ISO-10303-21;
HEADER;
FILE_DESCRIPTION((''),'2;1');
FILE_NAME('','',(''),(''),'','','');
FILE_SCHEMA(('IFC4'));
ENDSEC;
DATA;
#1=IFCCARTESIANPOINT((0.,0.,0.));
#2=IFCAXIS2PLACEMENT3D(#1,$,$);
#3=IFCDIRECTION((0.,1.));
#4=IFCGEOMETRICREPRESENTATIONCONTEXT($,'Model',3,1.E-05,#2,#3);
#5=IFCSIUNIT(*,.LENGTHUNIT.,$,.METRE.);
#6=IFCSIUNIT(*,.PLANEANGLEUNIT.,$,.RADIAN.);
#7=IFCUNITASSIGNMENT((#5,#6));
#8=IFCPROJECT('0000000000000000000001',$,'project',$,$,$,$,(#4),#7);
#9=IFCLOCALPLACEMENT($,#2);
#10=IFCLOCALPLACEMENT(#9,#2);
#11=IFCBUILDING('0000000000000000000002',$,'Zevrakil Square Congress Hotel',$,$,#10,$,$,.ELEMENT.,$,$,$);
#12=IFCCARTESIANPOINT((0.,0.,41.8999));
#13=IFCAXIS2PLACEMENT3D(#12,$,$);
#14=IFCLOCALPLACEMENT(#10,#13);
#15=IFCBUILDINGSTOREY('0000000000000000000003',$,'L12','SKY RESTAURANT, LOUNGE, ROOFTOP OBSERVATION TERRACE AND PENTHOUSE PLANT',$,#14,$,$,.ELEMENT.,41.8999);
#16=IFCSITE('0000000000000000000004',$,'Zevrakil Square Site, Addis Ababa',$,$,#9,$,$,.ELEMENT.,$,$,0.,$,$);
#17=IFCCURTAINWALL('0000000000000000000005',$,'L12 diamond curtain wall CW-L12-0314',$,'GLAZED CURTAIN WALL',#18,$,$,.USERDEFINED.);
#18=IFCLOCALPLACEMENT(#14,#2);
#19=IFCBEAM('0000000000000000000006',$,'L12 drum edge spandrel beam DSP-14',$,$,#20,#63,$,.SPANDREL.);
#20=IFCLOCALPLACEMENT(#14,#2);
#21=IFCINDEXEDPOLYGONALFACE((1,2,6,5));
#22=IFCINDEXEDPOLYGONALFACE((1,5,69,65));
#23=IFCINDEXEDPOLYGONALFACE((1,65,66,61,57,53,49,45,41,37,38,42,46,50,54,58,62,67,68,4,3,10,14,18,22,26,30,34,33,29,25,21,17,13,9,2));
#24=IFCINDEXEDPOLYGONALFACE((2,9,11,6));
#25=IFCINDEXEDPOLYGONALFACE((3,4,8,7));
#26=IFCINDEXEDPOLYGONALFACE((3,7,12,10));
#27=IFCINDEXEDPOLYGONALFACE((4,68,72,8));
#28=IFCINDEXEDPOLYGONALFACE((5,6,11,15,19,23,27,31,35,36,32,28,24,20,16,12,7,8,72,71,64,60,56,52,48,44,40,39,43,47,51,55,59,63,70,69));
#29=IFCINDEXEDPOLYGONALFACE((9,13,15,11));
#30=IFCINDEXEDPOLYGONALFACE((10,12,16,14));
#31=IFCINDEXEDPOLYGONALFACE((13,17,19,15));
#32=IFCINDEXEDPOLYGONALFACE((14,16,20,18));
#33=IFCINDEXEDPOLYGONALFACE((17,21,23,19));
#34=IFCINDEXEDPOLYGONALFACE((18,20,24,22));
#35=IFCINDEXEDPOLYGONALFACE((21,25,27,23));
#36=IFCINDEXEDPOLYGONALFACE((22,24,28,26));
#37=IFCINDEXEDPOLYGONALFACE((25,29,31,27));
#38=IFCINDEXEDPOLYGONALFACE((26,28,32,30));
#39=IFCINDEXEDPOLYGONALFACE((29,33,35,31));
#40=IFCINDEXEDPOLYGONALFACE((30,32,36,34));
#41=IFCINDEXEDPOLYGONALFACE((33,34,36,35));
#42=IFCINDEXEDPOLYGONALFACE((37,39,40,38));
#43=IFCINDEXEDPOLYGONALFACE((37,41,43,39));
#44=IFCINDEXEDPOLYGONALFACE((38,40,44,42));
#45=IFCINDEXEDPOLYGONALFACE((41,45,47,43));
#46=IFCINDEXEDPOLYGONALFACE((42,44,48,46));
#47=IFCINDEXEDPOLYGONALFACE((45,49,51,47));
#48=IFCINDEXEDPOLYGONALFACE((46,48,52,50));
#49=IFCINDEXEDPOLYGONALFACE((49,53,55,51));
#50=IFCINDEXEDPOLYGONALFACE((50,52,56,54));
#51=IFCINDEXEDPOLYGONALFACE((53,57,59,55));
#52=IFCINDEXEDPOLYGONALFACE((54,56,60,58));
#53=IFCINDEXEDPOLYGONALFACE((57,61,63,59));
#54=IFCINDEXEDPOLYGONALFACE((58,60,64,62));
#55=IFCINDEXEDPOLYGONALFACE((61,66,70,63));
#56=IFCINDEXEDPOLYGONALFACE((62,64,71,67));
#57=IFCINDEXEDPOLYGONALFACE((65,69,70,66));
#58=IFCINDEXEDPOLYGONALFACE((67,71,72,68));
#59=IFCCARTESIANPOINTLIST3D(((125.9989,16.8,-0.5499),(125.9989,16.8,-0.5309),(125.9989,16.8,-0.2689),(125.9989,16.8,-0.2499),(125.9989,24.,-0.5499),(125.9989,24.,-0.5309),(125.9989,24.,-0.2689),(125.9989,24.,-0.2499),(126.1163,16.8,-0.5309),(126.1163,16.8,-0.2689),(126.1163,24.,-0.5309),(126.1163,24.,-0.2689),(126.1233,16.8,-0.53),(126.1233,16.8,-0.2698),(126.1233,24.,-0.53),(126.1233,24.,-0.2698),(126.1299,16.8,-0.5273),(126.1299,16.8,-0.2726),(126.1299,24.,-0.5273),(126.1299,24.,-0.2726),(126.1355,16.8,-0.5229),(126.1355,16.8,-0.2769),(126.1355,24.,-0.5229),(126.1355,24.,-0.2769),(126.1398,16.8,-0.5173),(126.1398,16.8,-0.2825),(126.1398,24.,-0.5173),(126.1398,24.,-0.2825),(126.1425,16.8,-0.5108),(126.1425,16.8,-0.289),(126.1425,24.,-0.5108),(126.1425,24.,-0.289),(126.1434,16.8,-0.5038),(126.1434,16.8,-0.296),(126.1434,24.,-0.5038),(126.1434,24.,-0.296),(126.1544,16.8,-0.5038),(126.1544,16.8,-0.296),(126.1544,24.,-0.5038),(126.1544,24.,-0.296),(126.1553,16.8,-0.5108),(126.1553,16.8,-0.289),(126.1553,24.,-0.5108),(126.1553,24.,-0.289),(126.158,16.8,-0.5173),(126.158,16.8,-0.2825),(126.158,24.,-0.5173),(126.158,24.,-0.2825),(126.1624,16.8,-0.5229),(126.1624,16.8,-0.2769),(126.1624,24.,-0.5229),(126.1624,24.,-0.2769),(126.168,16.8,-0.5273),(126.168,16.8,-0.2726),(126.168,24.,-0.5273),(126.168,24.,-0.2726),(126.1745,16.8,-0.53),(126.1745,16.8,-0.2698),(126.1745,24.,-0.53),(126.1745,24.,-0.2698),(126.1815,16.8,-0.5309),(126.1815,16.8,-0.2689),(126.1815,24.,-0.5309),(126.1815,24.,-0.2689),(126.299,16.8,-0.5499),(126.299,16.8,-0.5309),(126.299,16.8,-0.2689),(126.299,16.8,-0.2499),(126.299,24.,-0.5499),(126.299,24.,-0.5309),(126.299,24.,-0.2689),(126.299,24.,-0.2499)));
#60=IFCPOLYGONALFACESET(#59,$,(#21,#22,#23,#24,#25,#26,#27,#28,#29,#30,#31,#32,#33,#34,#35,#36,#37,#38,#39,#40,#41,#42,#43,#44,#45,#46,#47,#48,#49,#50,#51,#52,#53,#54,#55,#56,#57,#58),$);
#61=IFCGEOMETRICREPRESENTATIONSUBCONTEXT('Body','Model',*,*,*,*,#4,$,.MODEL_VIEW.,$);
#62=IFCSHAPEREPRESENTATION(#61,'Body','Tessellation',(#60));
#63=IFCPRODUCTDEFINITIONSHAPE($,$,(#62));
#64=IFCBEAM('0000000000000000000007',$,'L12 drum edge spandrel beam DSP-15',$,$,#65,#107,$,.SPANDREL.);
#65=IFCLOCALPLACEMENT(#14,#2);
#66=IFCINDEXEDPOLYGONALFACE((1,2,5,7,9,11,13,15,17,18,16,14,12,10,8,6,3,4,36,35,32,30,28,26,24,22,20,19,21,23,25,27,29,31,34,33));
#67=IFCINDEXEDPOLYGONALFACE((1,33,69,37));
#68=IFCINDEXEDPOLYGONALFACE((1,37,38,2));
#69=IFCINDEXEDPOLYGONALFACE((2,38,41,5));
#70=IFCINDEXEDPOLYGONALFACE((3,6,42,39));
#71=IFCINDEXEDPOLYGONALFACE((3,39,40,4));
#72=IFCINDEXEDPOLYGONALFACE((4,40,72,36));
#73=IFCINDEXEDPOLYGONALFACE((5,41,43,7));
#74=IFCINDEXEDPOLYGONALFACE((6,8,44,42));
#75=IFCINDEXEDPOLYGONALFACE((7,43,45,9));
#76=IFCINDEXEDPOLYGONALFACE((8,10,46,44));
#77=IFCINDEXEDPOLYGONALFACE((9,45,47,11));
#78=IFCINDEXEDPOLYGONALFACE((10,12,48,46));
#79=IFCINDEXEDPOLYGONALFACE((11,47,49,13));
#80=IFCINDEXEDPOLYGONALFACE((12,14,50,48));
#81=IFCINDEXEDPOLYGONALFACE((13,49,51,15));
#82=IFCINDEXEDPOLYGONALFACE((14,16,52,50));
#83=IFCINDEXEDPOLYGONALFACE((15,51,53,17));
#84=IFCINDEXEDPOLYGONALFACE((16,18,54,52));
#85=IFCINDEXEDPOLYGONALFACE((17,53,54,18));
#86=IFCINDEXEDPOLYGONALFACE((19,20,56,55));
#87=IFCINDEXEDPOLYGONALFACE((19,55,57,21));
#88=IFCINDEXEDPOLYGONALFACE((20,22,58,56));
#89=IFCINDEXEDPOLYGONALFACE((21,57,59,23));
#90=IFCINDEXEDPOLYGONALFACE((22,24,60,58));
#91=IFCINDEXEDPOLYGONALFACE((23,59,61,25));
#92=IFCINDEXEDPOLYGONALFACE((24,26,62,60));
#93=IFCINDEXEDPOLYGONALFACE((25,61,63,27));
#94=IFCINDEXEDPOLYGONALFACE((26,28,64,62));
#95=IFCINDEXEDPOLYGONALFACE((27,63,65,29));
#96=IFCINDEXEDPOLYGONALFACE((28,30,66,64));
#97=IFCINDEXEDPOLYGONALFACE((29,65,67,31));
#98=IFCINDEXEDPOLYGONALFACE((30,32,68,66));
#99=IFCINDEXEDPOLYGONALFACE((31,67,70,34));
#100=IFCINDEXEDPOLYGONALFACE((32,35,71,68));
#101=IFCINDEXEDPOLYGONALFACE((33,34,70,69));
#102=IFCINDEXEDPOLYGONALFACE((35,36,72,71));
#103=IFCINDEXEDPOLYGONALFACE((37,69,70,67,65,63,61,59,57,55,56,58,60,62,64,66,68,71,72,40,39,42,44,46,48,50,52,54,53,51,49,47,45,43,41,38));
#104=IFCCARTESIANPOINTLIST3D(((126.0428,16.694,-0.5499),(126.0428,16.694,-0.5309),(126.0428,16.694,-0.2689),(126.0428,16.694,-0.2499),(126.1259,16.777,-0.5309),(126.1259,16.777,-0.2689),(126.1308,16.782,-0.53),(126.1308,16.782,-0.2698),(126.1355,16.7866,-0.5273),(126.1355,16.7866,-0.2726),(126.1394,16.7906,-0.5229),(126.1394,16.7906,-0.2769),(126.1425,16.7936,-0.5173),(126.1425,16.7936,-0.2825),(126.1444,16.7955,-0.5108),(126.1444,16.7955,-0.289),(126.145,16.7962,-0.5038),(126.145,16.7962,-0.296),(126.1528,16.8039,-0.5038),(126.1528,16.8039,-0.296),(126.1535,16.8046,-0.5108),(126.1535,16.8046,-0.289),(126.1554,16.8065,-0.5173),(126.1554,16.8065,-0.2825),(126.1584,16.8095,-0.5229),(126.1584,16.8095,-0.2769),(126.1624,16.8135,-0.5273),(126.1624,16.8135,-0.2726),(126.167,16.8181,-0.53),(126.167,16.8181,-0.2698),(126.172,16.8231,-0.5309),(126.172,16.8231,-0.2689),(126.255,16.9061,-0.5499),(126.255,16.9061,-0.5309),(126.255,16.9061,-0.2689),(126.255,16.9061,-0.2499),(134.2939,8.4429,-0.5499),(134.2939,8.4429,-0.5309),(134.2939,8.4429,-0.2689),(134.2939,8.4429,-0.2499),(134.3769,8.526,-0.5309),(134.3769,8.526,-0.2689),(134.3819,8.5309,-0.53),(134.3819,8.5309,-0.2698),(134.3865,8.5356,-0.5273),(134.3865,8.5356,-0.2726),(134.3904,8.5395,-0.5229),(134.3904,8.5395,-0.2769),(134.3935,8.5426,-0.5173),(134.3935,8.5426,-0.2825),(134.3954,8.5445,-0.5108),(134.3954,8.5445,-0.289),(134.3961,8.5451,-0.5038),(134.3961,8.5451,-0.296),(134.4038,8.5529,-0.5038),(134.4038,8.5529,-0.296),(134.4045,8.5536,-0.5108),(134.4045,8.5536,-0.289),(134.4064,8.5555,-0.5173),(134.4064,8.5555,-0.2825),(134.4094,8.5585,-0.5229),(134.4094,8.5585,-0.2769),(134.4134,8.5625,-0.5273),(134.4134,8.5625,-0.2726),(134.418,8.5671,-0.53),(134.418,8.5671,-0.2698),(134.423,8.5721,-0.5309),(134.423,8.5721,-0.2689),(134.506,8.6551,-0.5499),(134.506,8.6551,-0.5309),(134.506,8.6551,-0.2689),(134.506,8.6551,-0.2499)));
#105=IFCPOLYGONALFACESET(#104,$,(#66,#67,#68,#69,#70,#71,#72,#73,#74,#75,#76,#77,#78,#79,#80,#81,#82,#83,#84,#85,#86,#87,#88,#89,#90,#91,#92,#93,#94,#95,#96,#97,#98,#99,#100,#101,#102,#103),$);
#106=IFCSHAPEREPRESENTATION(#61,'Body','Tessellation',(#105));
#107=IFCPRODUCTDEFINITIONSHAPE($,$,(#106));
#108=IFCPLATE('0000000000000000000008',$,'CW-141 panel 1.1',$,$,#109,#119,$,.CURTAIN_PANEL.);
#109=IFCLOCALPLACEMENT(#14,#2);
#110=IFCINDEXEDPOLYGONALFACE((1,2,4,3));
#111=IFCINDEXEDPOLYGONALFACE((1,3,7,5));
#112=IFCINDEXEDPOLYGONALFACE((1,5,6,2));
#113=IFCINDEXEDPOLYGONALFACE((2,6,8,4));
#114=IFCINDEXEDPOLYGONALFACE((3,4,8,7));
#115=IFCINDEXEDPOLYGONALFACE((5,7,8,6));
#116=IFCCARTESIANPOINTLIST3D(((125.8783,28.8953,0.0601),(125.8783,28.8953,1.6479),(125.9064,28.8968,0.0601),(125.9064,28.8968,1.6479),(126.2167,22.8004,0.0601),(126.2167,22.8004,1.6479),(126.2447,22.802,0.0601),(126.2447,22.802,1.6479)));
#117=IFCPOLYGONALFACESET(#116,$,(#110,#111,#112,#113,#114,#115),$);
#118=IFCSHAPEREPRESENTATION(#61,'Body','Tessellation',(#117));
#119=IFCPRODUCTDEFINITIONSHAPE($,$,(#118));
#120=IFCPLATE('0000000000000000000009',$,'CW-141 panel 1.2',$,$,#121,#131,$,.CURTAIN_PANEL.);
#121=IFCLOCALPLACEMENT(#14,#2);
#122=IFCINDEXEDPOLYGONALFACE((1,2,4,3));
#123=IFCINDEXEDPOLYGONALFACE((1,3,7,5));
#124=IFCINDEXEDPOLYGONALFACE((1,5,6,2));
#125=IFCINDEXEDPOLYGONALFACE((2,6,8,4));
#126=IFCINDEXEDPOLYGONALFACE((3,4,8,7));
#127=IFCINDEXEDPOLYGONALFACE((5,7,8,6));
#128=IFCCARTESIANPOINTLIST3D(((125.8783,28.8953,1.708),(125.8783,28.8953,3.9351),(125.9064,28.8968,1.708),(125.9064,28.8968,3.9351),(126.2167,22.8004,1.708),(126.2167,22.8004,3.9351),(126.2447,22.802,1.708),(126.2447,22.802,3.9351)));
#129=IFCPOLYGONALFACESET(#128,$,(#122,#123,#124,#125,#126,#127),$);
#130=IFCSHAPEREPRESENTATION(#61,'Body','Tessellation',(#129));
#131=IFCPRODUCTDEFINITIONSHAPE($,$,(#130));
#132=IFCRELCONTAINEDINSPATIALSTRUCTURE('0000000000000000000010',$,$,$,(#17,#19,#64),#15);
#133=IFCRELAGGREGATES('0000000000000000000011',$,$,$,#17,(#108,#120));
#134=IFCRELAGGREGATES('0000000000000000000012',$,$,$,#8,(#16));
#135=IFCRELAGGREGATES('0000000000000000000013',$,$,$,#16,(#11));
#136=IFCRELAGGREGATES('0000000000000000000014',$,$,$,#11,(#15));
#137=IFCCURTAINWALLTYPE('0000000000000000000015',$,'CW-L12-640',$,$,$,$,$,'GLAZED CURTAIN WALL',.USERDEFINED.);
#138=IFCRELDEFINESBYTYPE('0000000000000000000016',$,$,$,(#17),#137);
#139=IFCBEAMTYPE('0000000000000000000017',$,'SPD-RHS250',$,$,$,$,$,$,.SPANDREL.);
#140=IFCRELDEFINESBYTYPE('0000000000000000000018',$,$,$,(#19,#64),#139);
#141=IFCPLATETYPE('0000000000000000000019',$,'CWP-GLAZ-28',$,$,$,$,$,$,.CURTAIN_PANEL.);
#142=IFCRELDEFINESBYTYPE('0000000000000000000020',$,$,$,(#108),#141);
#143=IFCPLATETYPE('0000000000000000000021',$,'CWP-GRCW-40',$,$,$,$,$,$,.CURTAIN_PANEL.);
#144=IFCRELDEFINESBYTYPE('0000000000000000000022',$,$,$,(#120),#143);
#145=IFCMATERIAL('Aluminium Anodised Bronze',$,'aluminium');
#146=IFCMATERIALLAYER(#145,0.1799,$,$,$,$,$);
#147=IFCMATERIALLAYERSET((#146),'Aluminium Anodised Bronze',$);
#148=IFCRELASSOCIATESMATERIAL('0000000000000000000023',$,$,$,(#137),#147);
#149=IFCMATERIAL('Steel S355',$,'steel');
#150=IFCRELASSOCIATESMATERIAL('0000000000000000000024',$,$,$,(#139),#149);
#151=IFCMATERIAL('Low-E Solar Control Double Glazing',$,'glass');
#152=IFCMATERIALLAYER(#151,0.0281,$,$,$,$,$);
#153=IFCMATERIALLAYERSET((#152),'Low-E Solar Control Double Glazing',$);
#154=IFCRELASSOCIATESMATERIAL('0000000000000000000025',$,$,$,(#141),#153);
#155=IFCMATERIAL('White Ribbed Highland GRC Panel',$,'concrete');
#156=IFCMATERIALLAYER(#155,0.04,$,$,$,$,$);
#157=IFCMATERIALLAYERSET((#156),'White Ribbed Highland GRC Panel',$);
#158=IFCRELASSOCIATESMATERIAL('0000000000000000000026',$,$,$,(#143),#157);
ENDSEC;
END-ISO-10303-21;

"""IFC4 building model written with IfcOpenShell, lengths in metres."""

from ifc_helpers import new_model, si_unit, direction, frame, origin, origin_2d, place, context, subcontext, project, spatial, rectangle, i_section, extrude, material, layer, layer_set, material_profile, profile_set, type_object, element, aggregate, save


model = new_model("IFC4")

# Units and contexts
model_context = context("Model", 3, precision=1e-05, world=origin(), true_north=direction((0.0, 1.0)))
body_context = subcontext(model_context, "Body", "Model", "MODEL_VIEW")
ifc_project = project(units=[si_unit("LENGTHUNIT", "METRE"), si_unit("PLANEANGLEUNIT", "RADIAN")], contexts=[model_context])

# Site, building, storey
site_placement = place(None, origin())
site = spatial("IfcSite", under=ifc_project, at=site_placement, Name="Zevrakil Square Site, Addis Ababa", CompositionType="ELEMENT", RefElevation=0.0)
building_placement = place(site_placement, origin())
building = spatial("IfcBuilding", under=site, at=building_placement, Name="Zevrakil Square Congress Hotel", CompositionType="ELEMENT")
storey_placement = place(building_placement, frame((0.0, 0.0, 41.8999)))
storey = spatial("IfcBuildingStorey", under=building, at=storey_placement, Name="L12", Description="SKY RESTAURANT, LOUNGE, ROOFTOP OBSERVATION TERRACE AND PENTHOUSE PLANT", CompositionType="ELEMENT", Elevation=41.8999)

# Curtain wall
ifc_material_1 = material(Name="Aluminium Anodised Bronze", Category="aluminium")
ifc_layer_1 = layer(ifc_material_1, 0.1799)
ifc_layer_set_1 = layer_set([ifc_layer_1], Name="Aluminium Anodised Bronze")
curtain_wall_type_1 = type_object("IfcCurtainWallType", Name="CW-L12-640", ElementType="GLAZED CURTAIN WALL", PredefinedType="USERDEFINED", material=ifc_layer_set_1)
curtain_wall_1_placement = place(storey_placement, origin())
curtain_wall_1 = element("IfcCurtainWall", 1, at=curtain_wall_1_placement, inside=storey, type_object=curtain_wall_type_1, Name="L12 diamond curtain wall CW-L12-0314", ObjectType="GLAZED CURTAIN WALL", PredefinedType="USERDEFINED")

# Beams
ifc_material_2 = material(Name="Steel S355", Category="steel")
ifc_material_profile_1 = material_profile(ifc_material_2, i_section(OverallWidth=0.3, OverallDepth=0.3, WebThickness=0.011, FlangeThickness=0.019, FilletRadius=0.0271, at=origin_2d()), Name="HEB 300")
ifc_profile_set_1 = profile_set([ifc_material_profile_1], Name="Steel S355")
beam_type = type_object("IfcBeamType", Name="SPD-RHS250", PredefinedType="SPANDREL", material=ifc_profile_set_1)
for number, where, z_axis, x_axis, name in (
    (2, (126.1489, 24.0, -0.3999), (0.0, -1.0, 0.0), (1.0, 0.0, 0.0), "L12 drum edge spandrel beam DSP-14"),
):
    element("IfcBeam", number, at=place(storey_placement, frame(where, z_axis=z_axis, x_axis=x_axis)), inside=storey, type_object=beam_type, Name=name, PredefinedType="SPANDREL", context=body_context, shape_type="SweptSolid", body=[
        extrude(i_section(OverallWidth=0.3, OverallDepth=0.3, WebThickness=0.011, FlangeThickness=0.019, FilletRadius=0.0271, at=origin_2d()), origin(), (0.0, 0.0, 1.0), 7.2),
    ])
beam_placement = place(storey_placement, frame((126.1489, 16.8, -0.3999), z_axis=(0.707107, -0.707107, 0.0), x_axis=(0.707107, 0.707107, 0.0)))
element("IfcBeam", 3, at=beam_placement, inside=storey, type_object=beam_type, Name="L12 drum edge spandrel beam DSP-15", PredefinedType="SPANDREL", context=body_context, shape_type="SweptSolid", body=[
    extrude(i_section(OverallWidth=0.3, OverallDepth=0.3, WebThickness=0.011, FlangeThickness=0.019, FilletRadius=0.0271, at=origin_2d()), origin(), (0.0, 0.0, 1.0), 11.6687),
])

# Plates
ifc_material_3 = material(Name="Low-E Solar Control Double Glazing", Category="glass")
ifc_layer_2 = layer(ifc_material_3, 0.0281)
ifc_layer_set_2 = layer_set([ifc_layer_2], Name="Low-E Solar Control Double Glazing")
plate_type_1 = type_object("IfcPlateType", Name="CWP-GLAZ-28", PredefinedType="CURTAIN_PANEL", material=ifc_layer_set_2)
plate_1_placement = place(storey_placement, frame((126.0615, 25.8486, 0.0601), z_axis=(0.0, 0.0, 1.0), x_axis=(0.055427, -0.998463, 0.0)))
plate_1 = element("IfcPlate", 4, at=plate_1_placement, type_object=plate_type_1, Name="CW-141 panel 1.1", PredefinedType="CURTAIN_PANEL", context=body_context, shape_type="SweptSolid", body=[
    extrude(rectangle(XDim=6.1042, YDim=0.0281, at=origin_2d()), origin(), (0.0, 0.0, 1.0), 1.5879),
])
ifc_material_4 = material(Name="White Ribbed Highland GRC Panel", Category="concrete")
ifc_layer_3 = layer(ifc_material_4, 0.04)
ifc_layer_set_3 = layer_set([ifc_layer_3], Name="White Ribbed Highland GRC Panel")
plate_type_2 = type_object("IfcPlateType", Name="CWP-GRCW-40", PredefinedType="CURTAIN_PANEL", material=ifc_layer_set_3)
plate_2_placement = place(storey_placement, frame((126.0615, 25.8486, 1.708), z_axis=(0.0, 0.0, 1.0), x_axis=(0.055427, -0.998463, 0.0)))
plate_2 = element("IfcPlate", 5, at=plate_2_placement, type_object=plate_type_2, Name="CW-141 panel 1.2", PredefinedType="CURTAIN_PANEL", context=body_context, shape_type="SweptSolid", body=[
    extrude(rectangle(XDim=6.1042, YDim=0.0281, at=origin_2d()), origin(), (0.0, 0.0, 1.0), 2.2271),
])
aggregate(curtain_wall_1, [plate_1, plate_2])

save(model, "model.ifc")
